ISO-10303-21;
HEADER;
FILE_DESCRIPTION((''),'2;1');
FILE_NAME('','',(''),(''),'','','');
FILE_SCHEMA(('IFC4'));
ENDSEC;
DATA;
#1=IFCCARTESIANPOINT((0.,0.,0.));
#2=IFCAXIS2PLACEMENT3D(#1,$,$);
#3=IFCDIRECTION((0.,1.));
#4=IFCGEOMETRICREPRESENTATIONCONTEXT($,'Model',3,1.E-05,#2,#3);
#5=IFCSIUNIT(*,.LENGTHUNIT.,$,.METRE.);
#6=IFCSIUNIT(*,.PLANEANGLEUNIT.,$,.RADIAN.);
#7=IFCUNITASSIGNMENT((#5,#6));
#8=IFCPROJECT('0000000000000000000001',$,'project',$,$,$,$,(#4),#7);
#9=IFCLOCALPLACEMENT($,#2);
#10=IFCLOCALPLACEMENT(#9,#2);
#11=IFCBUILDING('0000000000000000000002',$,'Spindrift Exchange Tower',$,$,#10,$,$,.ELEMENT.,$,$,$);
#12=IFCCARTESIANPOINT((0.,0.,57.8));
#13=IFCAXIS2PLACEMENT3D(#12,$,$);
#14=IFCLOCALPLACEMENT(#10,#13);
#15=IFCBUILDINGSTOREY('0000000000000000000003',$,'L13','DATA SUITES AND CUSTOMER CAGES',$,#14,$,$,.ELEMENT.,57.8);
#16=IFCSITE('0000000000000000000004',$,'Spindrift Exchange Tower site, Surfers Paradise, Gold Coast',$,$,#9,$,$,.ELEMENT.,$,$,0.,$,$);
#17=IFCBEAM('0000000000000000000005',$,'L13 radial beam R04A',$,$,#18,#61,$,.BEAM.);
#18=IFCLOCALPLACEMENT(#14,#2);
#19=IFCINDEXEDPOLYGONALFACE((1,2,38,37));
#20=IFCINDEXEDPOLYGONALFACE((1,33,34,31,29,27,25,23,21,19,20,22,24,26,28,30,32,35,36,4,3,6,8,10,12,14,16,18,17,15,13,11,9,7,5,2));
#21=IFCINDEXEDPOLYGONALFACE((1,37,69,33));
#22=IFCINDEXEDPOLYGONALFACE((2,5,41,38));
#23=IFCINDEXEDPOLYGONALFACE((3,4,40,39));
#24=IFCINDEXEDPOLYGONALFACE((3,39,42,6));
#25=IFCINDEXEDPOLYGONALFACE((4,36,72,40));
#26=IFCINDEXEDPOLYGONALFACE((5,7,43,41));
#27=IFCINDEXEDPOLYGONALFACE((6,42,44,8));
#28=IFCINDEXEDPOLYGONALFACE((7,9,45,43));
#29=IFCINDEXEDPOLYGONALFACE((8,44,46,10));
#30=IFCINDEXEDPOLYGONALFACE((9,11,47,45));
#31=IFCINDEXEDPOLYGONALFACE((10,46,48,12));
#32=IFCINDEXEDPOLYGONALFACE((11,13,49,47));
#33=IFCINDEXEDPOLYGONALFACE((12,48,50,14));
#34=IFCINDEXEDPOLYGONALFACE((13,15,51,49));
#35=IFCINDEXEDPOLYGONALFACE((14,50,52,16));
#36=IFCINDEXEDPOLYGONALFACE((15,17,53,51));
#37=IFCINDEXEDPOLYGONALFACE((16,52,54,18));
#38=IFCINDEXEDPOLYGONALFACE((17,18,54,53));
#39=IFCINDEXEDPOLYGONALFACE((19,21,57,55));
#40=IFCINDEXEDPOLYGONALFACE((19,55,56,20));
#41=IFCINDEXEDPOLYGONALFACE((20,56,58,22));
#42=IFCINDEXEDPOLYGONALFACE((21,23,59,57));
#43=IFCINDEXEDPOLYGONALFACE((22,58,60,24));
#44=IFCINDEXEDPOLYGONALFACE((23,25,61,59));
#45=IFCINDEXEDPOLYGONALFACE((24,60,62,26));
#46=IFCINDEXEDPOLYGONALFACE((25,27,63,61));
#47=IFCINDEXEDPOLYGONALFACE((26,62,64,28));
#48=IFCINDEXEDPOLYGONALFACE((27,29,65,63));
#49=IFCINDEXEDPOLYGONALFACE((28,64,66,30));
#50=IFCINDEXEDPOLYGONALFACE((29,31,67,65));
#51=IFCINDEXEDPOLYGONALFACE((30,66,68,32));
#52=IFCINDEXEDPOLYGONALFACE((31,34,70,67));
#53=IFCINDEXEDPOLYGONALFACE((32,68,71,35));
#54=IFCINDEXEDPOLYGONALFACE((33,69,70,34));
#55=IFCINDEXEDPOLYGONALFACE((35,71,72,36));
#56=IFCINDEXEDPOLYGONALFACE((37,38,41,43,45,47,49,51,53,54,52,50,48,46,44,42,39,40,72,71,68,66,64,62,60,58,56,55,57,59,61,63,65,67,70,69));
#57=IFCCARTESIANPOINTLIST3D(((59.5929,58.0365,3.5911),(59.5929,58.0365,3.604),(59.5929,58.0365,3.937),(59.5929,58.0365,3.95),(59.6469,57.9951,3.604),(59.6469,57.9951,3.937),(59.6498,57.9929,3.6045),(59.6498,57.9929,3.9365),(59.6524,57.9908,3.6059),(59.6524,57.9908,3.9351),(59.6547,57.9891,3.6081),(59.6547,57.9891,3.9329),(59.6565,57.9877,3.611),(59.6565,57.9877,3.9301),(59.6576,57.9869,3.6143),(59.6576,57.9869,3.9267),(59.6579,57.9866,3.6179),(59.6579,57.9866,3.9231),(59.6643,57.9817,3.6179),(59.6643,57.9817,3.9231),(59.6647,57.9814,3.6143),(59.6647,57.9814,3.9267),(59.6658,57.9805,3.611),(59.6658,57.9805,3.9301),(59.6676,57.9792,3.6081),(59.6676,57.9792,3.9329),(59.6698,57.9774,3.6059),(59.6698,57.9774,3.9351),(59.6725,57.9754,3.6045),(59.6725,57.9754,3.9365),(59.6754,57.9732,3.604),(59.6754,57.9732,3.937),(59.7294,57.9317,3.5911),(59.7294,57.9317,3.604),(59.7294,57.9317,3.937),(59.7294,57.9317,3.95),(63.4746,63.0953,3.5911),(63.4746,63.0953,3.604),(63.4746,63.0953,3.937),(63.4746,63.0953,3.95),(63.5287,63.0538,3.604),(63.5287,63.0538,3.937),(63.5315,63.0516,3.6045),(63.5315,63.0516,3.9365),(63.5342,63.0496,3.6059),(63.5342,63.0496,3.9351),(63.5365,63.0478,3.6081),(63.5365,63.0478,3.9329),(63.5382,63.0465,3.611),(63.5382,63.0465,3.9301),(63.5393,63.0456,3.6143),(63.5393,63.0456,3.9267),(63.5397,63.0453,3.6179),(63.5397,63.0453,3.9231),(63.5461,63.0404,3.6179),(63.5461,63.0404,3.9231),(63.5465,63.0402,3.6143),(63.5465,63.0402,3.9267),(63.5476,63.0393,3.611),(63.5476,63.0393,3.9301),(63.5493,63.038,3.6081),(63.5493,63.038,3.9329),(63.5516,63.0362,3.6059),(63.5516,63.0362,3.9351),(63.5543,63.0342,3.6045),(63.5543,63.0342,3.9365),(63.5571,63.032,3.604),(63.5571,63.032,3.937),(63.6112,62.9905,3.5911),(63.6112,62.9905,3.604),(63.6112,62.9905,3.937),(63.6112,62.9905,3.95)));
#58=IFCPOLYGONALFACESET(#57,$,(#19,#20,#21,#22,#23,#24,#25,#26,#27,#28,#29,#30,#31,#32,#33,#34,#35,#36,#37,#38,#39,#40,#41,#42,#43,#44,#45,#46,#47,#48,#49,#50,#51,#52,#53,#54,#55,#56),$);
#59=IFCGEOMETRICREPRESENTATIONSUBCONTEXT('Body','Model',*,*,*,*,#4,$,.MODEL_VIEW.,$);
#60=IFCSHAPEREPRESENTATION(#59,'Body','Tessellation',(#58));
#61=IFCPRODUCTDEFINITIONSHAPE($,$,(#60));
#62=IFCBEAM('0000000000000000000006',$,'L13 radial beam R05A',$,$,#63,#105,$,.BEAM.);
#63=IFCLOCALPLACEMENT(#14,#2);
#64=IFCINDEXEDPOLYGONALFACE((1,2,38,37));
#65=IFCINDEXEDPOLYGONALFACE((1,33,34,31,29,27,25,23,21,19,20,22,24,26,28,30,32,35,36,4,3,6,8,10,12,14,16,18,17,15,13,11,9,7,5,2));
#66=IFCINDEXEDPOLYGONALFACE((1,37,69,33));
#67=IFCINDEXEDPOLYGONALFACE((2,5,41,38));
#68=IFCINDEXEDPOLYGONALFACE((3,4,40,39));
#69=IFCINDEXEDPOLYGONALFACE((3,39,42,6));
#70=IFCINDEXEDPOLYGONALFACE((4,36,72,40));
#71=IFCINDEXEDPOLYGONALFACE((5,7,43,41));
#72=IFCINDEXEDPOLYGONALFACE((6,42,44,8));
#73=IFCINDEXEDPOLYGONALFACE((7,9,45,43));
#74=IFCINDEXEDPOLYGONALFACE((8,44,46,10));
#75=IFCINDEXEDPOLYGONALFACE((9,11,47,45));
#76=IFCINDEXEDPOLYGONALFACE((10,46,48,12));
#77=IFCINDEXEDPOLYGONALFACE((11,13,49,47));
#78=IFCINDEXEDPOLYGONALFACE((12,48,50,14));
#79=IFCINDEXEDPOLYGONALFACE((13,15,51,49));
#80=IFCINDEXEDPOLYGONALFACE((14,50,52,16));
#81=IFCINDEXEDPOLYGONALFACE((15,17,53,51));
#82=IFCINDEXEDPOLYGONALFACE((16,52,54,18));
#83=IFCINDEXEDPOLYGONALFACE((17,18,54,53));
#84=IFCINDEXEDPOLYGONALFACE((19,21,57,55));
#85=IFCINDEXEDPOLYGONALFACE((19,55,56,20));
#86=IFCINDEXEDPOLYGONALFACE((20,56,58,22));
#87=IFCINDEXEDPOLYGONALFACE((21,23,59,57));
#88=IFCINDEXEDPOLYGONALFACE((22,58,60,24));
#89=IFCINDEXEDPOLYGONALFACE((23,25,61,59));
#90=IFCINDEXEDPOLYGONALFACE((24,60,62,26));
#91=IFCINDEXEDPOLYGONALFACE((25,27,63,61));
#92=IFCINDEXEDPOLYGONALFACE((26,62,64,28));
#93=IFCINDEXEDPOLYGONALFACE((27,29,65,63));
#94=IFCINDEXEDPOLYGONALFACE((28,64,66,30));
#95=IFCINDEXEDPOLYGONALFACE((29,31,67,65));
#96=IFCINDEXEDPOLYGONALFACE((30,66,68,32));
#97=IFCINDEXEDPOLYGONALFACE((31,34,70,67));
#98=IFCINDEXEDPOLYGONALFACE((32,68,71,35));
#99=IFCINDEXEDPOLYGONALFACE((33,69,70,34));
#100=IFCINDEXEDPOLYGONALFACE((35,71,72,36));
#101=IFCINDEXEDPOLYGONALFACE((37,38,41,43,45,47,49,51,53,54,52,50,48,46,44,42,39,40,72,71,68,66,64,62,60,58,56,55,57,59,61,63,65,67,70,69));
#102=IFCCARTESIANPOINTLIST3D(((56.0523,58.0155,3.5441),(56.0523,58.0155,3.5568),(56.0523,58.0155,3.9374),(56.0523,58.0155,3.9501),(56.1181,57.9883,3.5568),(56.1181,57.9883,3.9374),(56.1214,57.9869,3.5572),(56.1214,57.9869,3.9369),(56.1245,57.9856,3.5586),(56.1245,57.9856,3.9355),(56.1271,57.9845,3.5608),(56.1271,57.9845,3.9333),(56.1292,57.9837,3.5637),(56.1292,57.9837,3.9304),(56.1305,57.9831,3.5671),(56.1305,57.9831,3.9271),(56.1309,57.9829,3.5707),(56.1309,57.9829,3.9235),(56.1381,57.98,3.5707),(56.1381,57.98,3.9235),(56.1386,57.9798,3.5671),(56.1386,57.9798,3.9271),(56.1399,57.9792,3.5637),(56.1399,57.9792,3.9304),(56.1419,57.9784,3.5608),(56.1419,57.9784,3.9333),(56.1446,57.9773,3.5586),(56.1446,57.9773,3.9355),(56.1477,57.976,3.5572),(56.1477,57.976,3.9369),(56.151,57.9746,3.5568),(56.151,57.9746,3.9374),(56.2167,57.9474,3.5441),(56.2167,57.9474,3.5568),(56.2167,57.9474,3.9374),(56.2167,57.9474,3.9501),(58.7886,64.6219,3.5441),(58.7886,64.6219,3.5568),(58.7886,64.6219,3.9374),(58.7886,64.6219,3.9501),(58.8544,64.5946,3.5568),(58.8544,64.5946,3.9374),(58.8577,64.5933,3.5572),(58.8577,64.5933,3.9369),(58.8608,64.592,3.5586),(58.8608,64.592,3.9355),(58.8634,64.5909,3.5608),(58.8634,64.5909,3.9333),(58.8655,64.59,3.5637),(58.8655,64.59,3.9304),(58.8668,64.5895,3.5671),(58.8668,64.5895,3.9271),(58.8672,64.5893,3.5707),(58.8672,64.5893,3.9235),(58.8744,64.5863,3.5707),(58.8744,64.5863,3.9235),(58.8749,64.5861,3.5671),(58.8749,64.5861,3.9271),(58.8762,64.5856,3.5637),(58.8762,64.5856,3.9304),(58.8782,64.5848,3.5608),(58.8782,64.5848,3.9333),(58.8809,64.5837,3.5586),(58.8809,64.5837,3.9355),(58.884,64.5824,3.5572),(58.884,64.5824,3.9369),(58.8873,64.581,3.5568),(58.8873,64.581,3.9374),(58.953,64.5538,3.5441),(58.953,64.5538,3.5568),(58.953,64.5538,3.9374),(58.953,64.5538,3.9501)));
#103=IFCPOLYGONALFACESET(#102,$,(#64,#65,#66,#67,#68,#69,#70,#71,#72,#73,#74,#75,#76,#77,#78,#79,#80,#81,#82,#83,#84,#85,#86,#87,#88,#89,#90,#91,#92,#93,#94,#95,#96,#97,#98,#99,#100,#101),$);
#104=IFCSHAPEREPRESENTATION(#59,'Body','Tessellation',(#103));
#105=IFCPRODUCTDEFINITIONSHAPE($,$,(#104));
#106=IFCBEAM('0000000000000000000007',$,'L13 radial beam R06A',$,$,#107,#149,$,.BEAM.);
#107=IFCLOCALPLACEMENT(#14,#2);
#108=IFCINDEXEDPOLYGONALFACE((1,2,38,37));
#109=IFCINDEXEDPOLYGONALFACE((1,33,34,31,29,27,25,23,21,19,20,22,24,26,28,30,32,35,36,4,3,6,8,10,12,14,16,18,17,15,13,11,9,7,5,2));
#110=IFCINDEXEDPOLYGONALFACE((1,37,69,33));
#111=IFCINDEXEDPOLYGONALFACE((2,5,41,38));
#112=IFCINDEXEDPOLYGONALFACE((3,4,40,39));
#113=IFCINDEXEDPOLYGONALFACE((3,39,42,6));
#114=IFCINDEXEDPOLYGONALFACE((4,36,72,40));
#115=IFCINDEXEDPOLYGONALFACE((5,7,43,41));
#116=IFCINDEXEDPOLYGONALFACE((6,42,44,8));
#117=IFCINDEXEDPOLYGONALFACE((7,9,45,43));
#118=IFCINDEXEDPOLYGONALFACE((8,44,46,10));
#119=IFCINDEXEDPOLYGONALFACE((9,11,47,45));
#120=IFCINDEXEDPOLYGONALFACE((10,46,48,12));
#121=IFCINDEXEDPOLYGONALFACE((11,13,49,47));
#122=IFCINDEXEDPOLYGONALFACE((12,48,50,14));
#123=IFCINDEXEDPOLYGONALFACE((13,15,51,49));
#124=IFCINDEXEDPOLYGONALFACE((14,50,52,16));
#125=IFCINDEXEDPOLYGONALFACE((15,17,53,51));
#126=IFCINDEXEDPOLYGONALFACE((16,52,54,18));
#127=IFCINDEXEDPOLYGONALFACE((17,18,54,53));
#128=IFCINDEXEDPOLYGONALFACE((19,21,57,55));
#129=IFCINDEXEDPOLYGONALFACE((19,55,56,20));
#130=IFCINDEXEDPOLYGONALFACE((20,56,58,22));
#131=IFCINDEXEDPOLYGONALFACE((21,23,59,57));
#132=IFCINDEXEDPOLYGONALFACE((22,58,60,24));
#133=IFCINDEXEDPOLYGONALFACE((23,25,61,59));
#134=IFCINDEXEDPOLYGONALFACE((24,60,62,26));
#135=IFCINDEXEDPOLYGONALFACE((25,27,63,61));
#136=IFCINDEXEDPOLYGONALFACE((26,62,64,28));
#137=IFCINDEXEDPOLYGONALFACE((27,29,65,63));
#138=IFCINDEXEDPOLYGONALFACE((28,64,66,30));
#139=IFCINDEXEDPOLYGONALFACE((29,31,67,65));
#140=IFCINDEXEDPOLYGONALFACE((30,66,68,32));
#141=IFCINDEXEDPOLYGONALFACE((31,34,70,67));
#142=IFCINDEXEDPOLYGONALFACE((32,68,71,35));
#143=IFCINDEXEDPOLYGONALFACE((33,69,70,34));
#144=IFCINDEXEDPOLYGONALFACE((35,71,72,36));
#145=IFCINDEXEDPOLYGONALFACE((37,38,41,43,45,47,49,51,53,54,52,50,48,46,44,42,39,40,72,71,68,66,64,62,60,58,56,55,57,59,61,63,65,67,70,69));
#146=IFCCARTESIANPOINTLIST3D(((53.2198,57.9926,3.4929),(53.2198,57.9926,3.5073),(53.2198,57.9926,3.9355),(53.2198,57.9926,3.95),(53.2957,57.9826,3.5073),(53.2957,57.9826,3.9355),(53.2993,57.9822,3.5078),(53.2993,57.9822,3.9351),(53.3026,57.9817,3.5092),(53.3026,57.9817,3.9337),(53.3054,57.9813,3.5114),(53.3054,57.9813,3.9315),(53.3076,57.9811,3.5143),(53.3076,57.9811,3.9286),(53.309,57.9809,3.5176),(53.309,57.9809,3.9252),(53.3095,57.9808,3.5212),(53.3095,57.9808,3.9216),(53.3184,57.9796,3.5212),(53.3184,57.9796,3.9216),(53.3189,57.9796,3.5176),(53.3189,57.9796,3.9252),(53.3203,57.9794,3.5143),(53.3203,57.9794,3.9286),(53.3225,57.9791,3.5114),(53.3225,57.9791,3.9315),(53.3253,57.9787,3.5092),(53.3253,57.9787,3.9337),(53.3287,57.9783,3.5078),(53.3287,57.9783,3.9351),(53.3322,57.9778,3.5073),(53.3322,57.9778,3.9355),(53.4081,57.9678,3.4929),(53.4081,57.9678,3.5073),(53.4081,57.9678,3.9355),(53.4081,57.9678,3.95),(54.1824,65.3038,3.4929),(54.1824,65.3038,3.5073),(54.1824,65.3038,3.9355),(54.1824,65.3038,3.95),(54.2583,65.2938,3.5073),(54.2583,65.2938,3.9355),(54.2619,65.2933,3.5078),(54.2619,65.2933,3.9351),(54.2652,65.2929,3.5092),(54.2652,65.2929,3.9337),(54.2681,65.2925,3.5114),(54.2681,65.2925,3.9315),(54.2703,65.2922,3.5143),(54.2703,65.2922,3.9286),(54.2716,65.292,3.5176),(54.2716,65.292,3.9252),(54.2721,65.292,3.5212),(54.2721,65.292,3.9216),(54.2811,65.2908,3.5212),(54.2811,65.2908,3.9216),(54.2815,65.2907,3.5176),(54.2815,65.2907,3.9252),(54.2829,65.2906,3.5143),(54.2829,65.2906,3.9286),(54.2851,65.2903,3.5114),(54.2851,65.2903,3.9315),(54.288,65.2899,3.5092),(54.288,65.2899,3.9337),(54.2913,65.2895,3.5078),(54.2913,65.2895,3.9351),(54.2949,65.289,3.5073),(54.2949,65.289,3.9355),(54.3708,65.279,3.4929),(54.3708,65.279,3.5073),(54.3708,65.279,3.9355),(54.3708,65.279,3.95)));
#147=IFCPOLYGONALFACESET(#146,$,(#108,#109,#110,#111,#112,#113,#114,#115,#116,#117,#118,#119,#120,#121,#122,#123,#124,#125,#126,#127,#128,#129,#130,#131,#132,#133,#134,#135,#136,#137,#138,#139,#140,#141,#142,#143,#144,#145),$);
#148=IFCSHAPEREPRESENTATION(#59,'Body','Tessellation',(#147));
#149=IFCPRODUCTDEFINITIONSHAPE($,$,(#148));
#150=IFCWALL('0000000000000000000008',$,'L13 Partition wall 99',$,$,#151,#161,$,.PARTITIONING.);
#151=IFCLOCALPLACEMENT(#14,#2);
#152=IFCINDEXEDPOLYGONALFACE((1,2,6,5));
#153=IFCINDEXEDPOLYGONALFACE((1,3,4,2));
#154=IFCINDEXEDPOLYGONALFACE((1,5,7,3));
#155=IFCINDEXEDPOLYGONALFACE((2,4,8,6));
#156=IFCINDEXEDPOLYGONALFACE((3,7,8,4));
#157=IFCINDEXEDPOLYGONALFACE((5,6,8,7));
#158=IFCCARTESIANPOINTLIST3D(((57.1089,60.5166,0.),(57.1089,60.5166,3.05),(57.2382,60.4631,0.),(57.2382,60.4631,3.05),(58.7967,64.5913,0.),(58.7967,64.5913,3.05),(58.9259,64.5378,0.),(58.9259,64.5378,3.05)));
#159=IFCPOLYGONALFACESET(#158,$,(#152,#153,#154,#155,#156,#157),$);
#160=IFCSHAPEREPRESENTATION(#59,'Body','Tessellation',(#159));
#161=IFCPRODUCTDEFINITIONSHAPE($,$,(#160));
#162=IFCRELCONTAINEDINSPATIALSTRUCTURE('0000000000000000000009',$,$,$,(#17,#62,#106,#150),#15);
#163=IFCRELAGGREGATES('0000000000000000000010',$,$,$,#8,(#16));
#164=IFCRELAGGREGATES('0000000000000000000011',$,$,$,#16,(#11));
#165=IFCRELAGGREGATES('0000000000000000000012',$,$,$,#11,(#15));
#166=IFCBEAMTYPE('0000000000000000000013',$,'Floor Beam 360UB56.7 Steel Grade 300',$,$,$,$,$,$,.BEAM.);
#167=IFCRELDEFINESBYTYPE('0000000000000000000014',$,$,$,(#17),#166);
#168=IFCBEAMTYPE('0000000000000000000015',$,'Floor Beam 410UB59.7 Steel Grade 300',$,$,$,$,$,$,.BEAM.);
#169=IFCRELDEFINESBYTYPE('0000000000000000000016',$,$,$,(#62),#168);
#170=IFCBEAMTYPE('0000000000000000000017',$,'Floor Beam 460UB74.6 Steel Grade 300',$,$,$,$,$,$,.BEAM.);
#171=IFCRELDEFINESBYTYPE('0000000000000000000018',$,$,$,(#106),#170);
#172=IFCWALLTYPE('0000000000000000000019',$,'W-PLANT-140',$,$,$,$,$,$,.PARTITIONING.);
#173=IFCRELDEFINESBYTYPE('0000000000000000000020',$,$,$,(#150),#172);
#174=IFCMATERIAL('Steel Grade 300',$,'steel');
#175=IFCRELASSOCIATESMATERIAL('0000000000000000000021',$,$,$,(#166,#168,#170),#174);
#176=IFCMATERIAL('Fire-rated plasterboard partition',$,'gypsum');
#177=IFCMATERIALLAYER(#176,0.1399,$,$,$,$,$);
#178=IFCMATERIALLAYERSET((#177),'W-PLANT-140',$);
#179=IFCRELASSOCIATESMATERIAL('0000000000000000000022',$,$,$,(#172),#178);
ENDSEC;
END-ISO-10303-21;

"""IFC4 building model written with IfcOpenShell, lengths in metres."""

from ifc_helpers import new_model, si_unit, direction, frame, frame_2d, origin, origin_2d, place, context, subcontext, project, spatial, rectangle, i_section, extrude, source, transform, mapped, material, layer, layer_set, material_profile, profile_set, type_object, element, save


model = new_model("IFC4")

# Units and contexts
model_context = context("Model", 3, precision=1e-05, world=origin(), true_north=direction((0.0, 1.0)))
body_context = subcontext(model_context, "Body", "Model", "MODEL_VIEW")
ifc_project = project(units=[si_unit("LENGTHUNIT", "METRE"), si_unit("PLANEANGLEUNIT", "RADIAN")], contexts=[model_context])

# Site, building, storey
site_placement = place(None, origin())
site = spatial("IfcSite", under=ifc_project, at=site_placement, Name="Spindrift Exchange Tower site, Surfers Paradise, Gold Coast", CompositionType="ELEMENT", RefElevation=0.0)
building_placement = place(site_placement, origin())
building = spatial("IfcBuilding", under=site, at=building_placement, Name="Spindrift Exchange Tower", CompositionType="ELEMENT")
storey_placement = place(building_placement, frame((0.0, 0.0, 57.8)))
storey = spatial("IfcBuildingStorey", under=building, at=storey_placement, Name="L13", Description="DATA SUITES AND CUSTOMER CAGES", CompositionType="ELEMENT", Elevation=57.8)

# Beams
ifc_material_1 = material(Name="Steel Grade 300", Category="steel")
ifc_material_profile_1 = material_profile(ifc_material_1, i_section(OverallWidth=0.1721, OverallDepth=0.3589, WebThickness=0.0081, FlangeThickness=0.0129, FilletRadius=0.0139, at=origin_2d()), Name="360UB56.7")
ifc_profile_set_1 = profile_set([ifc_material_profile_1], Name="Steel Grade 300")
beam_type_1 = type_object("IfcBeamType", Name="Floor Beam 360UB56.7 Steel Grade 300", PredefinedType="BEAM", material=ifc_profile_set_1)
shared_shape_1 = source(origin(), body_context, "Body", "SweptSolid", [
    extrude(i_section(OverallWidth=0.1721, OverallDepth=0.3589, WebThickness=0.0081, FlangeThickness=0.0129, FilletRadius=0.0139, at=origin_2d()), origin(), (0.0, 0.0, 1.0), 6.3765),
])
beam_1_placement = place(storey_placement, frame((59.6611, 57.9841, 3.7705), z_axis=(0.608767, 0.793349, 0.0), x_axis=(-0.793349, 0.608767, 0.0)))
element("IfcBeam", 1, at=beam_1_placement, inside=storey, type_object=beam_type_1, Name="L13 radial beam R04A", PredefinedType="BEAM", context=body_context, shape_type="MappedRepresentation", body=[
    mapped(shared_shape_1, transform((0.0, 0.0, 0.0), scale=1.0)),
])
ifc_material_profile_2 = material_profile(ifc_material_1, i_section(OverallWidth=0.178, OverallDepth=0.406, WebThickness=0.0078, FlangeThickness=0.0127, FilletRadius=0.0139, at=origin_2d()), Name="410UB59.7")
ifc_profile_set_2 = profile_set([ifc_material_profile_2], Name="Steel Grade 300")
beam_type_2 = type_object("IfcBeamType", Name="Floor Beam 410UB59.7 Steel Grade 300", PredefinedType="BEAM", material=ifc_profile_set_2)
shared_shape_2 = source(origin(), body_context, "Body", "SweptSolid", [
    extrude(i_section(OverallWidth=0.178, OverallDepth=0.406, WebThickness=0.0078, FlangeThickness=0.0127, FilletRadius=0.0139, at=origin_2d()), origin(), (0.0, 0.0, 1.0), 7.1506),
])
beam_2_placement = place(storey_placement, frame((56.1345, 57.9814, 3.7471), z_axis=(0.382665, 0.923887, 0.0), x_axis=(-0.923887, 0.382665, 0.0)))
element("IfcBeam", 2, at=beam_2_placement, inside=storey, type_object=beam_type_2, Name="L13 radial beam R05A", PredefinedType="BEAM", context=body_context, shape_type="MappedRepresentation", body=[
    mapped(shared_shape_2, transform((0.0, 0.0, 0.0), scale=1.0)),
])
ifc_material_profile_3 = material_profile(ifc_material_1, i_section(OverallWidth=0.1899, OverallDepth=0.457, WebThickness=0.009, FlangeThickness=0.0144, FilletRadius=0.0139, at=origin_2d()), Name="460UB74.6")
ifc_profile_set_3 = profile_set([ifc_material_profile_3], Name="Steel Grade 300")
beam_type_3 = type_object("IfcBeamType", Name="Floor Beam 460UB74.6 Steel Grade 300", PredefinedType="BEAM", material=ifc_profile_set_3)
shared_shape_3 = source(origin(), body_context, "Body", "SweptSolid", [
    extrude(i_section(OverallWidth=0.1899, OverallDepth=0.457, WebThickness=0.009, FlangeThickness=0.0144, FilletRadius=0.0139, at=origin_2d()), origin(), (0.0, 0.0, 1.0), 7.3743),
])
beam_3_placement = place(storey_placement, frame((53.314, 57.9802, 3.7214), z_axis=(0.130539, 0.991443, 0.0), x_axis=(-0.991443, 0.130539, 0.0)))
element("IfcBeam", 3, at=beam_3_placement, inside=storey, type_object=beam_type_3, Name="L13 radial beam R06A", PredefinedType="BEAM", context=body_context, shape_type="MappedRepresentation", body=[
    mapped(shared_shape_3, transform((0.0, 0.0, 0.0), scale=1.0)),
])

# Wall
ifc_material_2 = material(Name="Fire-rated plasterboard partition", Category="gypsum")
ifc_layer_1 = layer(ifc_material_2, 0.1399)
ifc_layer_set_1 = layer_set([ifc_layer_1], Name="W-PLANT-140")
wall_type_1 = type_object("IfcWallType", Name="W-PLANT-140", PredefinedType="PARTITIONING", material=ifc_layer_set_1)
wall_1_placement = place(storey_placement, frame((57.1736, 60.49, 0.0), z_axis=(0.0, 0.0, 1.0), x_axis=(0.382673, 0.923884, 0.0)))
element("IfcWall", 4, at=wall_1_placement, inside=storey, type_object=wall_type_1, Name="L13 Partition wall 99", PredefinedType="PARTITIONING", context=body_context, shape_type="SweptSolid", body=[
    extrude(rectangle(XDim=4.4104, YDim=0.1399, at=frame_2d((2.2051, 0.0))), origin(), (0.0, 0.0, 1.0), 3.05),
])

save(model, "model.ifc")
